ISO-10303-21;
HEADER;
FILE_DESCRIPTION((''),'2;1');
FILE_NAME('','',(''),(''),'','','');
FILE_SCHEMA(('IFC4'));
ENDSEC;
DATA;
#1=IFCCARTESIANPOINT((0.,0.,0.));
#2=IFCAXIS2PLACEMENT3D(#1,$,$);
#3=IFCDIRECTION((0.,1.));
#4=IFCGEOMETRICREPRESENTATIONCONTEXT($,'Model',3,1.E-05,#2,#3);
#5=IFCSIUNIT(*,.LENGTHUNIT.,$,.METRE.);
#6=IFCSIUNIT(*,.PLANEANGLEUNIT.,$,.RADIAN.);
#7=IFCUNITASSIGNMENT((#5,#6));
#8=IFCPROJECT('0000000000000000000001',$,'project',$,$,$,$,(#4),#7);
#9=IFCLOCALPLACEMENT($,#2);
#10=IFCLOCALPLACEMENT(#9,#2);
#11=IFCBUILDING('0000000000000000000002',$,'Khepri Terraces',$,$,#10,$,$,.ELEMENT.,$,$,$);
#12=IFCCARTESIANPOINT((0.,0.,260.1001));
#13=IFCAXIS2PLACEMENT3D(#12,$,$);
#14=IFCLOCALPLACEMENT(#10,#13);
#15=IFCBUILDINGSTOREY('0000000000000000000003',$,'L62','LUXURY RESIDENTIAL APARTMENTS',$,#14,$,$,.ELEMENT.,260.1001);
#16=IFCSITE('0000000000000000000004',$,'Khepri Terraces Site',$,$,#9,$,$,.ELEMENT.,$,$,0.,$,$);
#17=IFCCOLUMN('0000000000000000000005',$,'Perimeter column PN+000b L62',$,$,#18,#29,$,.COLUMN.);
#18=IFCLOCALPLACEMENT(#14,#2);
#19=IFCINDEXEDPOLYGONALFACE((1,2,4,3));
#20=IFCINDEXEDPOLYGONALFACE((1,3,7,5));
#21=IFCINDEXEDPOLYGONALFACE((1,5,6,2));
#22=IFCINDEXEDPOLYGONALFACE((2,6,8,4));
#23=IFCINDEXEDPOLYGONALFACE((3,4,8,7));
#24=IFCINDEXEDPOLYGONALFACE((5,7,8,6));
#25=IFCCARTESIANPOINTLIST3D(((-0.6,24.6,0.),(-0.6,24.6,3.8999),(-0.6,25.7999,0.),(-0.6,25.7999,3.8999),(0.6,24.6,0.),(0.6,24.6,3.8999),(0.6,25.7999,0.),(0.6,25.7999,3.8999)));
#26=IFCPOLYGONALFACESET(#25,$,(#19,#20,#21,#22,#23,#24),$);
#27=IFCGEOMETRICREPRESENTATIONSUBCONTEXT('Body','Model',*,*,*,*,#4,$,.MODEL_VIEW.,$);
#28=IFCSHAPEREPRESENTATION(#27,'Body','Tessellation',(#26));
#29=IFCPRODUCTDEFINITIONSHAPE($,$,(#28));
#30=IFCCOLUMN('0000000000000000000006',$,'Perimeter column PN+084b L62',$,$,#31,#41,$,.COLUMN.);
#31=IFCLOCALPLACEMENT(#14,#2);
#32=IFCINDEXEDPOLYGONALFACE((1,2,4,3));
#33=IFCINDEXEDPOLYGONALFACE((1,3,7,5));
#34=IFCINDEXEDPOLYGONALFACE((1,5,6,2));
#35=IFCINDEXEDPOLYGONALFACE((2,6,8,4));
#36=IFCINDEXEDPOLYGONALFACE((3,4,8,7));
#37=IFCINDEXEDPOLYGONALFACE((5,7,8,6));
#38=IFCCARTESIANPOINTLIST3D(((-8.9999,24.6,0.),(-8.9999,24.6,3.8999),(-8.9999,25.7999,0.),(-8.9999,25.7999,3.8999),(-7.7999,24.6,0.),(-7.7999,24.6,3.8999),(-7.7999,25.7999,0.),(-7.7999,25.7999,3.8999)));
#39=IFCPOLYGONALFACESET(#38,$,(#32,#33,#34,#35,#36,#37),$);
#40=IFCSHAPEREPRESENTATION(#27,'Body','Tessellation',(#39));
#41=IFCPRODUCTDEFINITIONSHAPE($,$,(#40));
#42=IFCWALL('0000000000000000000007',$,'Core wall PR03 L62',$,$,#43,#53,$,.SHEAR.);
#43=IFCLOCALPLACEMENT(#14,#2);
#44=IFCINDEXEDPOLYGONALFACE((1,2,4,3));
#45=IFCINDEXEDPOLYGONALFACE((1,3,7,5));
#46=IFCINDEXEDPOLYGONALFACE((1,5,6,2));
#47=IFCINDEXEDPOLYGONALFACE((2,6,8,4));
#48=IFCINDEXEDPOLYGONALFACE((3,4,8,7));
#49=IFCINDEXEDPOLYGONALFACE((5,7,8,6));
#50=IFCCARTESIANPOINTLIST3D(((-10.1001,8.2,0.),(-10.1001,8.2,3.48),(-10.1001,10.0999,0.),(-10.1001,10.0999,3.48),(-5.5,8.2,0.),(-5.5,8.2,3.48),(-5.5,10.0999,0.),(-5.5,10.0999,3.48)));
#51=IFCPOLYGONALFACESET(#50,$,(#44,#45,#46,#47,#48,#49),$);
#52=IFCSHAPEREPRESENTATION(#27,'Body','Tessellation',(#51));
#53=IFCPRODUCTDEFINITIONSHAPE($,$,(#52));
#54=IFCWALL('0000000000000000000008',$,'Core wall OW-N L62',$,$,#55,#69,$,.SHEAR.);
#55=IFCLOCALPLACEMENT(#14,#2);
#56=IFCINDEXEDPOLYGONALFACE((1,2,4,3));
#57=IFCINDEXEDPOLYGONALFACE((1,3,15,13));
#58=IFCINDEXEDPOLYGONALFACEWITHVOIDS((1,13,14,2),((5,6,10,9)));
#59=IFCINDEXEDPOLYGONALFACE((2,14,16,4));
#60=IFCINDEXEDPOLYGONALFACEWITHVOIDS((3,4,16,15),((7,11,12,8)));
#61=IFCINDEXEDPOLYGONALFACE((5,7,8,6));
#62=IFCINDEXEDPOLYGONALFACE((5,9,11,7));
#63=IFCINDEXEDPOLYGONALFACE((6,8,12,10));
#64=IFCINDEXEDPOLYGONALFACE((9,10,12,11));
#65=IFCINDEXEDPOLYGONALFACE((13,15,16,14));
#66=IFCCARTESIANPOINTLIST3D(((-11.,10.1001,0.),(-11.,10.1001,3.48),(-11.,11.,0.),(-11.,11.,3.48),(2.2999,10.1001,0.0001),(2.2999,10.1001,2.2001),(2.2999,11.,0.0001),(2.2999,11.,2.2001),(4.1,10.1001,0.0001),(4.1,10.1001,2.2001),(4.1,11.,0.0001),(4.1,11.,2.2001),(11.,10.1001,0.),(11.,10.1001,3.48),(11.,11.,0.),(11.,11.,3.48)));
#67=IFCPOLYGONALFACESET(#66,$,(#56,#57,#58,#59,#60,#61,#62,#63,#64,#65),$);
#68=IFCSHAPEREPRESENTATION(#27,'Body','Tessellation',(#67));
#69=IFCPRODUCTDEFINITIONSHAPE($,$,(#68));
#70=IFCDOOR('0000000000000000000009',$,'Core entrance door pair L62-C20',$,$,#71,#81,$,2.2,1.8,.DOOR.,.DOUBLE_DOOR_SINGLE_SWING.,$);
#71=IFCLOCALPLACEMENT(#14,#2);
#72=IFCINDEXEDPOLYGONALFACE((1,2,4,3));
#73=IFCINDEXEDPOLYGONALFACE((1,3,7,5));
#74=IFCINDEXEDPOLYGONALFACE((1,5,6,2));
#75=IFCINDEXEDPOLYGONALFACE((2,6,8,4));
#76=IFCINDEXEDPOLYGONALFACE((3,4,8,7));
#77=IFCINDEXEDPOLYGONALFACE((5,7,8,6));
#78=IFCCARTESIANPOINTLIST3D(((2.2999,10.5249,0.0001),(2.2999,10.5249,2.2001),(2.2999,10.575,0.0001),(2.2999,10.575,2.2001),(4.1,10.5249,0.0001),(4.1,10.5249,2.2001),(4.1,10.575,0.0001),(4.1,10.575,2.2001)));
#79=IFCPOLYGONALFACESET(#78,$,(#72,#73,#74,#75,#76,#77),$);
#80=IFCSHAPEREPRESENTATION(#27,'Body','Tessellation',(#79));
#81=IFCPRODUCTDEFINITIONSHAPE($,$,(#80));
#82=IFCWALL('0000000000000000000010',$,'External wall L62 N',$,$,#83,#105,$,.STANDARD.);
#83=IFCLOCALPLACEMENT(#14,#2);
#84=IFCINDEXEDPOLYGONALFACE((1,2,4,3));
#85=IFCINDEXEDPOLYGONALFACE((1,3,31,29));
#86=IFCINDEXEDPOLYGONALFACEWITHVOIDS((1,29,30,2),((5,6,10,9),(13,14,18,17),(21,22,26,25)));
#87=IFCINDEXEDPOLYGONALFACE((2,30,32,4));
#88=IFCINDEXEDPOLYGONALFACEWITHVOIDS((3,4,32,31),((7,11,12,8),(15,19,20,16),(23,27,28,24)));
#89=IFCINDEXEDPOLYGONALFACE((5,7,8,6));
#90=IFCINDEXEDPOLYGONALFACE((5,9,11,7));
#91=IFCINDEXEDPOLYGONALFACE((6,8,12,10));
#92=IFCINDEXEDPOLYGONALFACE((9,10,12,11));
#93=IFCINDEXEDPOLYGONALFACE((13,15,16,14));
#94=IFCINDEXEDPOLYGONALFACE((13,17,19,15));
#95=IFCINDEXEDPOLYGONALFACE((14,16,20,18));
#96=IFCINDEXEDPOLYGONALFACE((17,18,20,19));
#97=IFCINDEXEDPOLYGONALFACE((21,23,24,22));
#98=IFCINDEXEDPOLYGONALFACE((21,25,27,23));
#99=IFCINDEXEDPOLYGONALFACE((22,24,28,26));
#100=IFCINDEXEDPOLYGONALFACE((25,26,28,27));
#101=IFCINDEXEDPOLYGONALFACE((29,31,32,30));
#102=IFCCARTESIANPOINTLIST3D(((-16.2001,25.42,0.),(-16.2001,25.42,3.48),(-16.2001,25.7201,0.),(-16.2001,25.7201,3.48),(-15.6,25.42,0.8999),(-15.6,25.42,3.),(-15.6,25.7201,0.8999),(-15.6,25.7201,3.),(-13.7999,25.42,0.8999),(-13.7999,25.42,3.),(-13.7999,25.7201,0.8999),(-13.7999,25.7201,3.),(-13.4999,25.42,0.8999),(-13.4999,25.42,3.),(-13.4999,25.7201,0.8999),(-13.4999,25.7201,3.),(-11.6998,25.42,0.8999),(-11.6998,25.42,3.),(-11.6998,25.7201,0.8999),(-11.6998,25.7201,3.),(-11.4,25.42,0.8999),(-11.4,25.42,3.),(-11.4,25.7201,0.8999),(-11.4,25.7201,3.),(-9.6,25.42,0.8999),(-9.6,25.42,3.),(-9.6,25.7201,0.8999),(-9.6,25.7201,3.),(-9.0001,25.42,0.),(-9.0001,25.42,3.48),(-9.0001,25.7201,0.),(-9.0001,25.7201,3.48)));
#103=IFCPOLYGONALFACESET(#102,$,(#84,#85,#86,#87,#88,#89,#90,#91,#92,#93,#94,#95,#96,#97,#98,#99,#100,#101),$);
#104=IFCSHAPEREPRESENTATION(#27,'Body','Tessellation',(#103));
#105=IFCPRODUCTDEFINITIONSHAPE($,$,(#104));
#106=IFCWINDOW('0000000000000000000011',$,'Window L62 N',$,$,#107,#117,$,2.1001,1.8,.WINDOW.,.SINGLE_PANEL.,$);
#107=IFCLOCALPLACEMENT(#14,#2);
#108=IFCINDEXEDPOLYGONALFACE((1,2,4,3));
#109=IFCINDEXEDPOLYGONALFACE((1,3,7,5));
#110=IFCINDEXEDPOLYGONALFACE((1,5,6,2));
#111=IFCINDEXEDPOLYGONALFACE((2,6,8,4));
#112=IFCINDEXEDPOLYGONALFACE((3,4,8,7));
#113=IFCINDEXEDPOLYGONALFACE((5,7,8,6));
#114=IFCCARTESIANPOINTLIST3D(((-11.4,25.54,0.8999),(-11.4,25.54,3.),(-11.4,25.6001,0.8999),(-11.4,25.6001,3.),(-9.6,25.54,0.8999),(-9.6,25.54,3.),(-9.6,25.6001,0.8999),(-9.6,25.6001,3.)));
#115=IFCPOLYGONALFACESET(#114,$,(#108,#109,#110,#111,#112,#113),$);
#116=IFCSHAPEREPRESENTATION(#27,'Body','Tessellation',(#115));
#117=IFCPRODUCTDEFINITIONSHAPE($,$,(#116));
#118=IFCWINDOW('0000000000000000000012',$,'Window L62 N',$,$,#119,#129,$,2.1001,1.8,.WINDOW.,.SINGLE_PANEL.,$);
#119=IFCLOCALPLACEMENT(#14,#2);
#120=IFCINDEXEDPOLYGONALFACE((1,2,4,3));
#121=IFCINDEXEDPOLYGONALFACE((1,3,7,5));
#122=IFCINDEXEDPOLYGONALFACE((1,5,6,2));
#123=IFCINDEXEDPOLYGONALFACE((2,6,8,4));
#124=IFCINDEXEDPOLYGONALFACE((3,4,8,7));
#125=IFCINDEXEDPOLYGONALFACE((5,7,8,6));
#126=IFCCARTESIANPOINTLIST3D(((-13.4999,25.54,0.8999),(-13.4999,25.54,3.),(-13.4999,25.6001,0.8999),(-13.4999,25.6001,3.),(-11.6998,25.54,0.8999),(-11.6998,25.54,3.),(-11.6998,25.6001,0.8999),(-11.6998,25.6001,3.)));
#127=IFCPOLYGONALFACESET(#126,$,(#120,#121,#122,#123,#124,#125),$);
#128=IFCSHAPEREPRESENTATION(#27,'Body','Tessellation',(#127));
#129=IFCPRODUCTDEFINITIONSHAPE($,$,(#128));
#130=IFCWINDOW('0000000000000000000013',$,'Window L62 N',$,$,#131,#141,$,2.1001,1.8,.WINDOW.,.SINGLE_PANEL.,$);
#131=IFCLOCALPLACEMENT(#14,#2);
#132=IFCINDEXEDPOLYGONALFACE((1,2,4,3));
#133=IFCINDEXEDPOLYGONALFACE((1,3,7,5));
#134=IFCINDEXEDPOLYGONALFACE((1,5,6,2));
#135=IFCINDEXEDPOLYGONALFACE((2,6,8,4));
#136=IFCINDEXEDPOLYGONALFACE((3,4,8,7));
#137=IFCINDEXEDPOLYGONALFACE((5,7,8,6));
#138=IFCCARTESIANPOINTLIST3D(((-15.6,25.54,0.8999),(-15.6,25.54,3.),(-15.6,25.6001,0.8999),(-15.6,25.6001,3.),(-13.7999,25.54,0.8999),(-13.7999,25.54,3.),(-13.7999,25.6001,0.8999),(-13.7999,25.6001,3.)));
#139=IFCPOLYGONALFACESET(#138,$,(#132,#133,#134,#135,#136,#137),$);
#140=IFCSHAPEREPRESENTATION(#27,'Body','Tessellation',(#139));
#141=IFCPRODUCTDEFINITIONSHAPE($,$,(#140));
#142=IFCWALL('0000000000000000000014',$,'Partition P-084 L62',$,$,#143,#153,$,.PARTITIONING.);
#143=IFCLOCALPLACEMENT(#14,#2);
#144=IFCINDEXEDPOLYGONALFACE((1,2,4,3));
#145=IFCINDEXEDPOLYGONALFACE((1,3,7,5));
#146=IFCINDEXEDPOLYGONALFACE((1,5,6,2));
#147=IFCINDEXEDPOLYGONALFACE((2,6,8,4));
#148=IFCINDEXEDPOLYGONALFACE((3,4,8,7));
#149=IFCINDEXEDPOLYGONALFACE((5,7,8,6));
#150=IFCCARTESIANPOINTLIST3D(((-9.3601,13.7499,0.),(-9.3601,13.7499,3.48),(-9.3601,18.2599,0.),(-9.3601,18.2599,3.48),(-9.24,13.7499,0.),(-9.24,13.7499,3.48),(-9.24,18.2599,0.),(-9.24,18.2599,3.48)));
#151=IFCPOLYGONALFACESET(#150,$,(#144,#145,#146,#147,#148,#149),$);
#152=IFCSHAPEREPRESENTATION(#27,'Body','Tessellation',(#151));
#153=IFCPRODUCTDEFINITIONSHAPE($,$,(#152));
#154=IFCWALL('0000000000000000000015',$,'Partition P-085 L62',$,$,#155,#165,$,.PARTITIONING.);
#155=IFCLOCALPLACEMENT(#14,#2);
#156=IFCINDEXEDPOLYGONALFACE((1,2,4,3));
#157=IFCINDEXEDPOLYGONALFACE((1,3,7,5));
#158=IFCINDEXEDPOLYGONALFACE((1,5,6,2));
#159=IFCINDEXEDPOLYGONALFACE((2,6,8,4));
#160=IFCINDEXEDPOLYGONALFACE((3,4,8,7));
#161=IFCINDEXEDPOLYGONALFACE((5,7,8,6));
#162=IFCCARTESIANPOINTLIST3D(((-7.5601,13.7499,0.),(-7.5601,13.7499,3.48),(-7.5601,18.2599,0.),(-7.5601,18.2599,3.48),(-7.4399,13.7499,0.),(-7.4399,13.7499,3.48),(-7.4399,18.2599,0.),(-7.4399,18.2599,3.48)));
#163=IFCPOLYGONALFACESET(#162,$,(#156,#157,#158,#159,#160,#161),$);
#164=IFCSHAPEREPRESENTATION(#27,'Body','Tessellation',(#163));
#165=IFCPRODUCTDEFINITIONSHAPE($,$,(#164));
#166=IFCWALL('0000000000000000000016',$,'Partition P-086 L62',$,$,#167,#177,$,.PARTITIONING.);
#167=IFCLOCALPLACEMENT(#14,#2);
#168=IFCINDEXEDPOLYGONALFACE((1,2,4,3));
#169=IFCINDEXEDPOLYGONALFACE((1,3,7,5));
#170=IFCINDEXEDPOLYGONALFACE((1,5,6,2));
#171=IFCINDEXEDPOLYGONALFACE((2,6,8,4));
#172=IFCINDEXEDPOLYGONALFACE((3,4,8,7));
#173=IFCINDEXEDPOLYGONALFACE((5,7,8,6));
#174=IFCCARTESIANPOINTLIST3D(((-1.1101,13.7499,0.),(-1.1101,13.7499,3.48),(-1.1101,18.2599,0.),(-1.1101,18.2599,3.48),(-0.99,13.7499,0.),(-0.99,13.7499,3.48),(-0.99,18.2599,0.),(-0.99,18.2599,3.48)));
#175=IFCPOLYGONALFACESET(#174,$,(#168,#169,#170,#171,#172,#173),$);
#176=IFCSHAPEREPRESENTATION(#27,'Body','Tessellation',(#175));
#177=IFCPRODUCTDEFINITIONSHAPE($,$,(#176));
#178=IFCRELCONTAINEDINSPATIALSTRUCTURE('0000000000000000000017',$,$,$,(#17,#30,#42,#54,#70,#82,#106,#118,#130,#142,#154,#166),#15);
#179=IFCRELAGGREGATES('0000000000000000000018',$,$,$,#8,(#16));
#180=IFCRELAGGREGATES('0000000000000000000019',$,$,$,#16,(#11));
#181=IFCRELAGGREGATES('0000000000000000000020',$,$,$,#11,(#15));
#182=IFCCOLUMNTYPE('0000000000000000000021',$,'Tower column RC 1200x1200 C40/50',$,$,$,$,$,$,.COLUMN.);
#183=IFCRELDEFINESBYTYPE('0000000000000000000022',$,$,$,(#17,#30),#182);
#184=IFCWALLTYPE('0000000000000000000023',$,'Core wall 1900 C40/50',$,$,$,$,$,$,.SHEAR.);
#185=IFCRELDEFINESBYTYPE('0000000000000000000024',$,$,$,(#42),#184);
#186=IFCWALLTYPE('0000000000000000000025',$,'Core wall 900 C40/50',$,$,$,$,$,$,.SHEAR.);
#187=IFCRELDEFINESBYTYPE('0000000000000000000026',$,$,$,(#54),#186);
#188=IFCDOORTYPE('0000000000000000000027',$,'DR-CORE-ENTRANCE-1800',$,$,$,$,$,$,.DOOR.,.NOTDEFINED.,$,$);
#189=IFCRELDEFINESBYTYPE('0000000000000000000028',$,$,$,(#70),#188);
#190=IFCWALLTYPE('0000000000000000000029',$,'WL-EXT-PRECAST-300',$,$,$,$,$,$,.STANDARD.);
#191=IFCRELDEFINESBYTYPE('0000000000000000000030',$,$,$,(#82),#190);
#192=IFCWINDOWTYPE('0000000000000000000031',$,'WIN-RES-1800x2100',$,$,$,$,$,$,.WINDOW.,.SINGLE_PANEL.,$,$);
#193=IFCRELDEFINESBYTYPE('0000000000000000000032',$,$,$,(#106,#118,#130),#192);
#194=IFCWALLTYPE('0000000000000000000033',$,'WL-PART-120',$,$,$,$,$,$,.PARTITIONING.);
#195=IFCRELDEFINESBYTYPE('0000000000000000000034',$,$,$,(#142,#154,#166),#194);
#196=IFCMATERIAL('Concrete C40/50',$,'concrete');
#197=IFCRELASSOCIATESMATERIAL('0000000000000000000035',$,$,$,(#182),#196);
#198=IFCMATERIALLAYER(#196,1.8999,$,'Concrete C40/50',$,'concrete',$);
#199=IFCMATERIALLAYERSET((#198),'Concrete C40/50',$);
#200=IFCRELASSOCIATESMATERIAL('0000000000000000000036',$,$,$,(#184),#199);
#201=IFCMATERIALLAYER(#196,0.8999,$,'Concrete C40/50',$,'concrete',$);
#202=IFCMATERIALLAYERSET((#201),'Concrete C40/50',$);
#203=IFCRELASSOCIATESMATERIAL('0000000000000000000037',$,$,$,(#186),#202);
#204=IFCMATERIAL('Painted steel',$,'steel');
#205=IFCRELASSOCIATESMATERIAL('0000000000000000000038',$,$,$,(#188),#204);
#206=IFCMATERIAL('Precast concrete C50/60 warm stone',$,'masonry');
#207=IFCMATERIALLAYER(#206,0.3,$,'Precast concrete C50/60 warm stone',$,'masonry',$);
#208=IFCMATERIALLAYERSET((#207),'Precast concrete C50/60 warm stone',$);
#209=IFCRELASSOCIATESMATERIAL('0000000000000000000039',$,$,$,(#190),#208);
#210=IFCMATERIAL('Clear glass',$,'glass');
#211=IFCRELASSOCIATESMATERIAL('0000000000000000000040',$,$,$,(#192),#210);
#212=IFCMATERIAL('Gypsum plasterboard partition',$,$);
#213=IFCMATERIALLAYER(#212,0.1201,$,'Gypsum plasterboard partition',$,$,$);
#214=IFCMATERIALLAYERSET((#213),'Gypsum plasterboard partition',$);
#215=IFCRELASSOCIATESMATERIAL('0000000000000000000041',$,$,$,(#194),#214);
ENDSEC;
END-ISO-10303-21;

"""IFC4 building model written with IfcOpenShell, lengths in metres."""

from ifc_helpers import new_model, si_unit, direction, frame, frame_2d, origin, origin_2d, place, context, subcontext, project, spatial, rectangle, extrude, material, layer, layer_set, material_profile, profile_set, type_object, element, fill, save


model = new_model("IFC4")

# Units and contexts
model_context = context("Model", 3, precision=1e-05, world=origin(), true_north=direction((0.0, 1.0)))
body_context = subcontext(model_context, "Body", "Model", "MODEL_VIEW")
ifc_project = project(units=[si_unit("LENGTHUNIT", "METRE"), si_unit("PLANEANGLEUNIT", "RADIAN")], contexts=[model_context])

# Site, building, storey
site_placement = place(None, origin())
site = spatial("IfcSite", under=ifc_project, at=site_placement, Name="Khepri Terraces Site", CompositionType="ELEMENT", RefElevation=0.0)
building_placement = place(site_placement, origin())
building = spatial("IfcBuilding", under=site, at=building_placement, Name="Khepri Terraces", CompositionType="ELEMENT")
storey_placement = place(building_placement, frame((0.0, 0.0, 260.1001)))
storey = spatial("IfcBuildingStorey", under=building, at=storey_placement, Name="L62", Description="LUXURY RESIDENTIAL APARTMENTS", CompositionType="ELEMENT", Elevation=260.1001)

# Columns
ifc_material_1 = material(Name="Concrete C40/50", Category="concrete")
ifc_material_profile = material_profile(ifc_material_1, rectangle(XDim=1.2, YDim=1.2, at=origin_2d()), Name="Concrete C40/50", Category="concrete")
ifc_profile_set = profile_set([ifc_material_profile], Name="Concrete C40/50")
column_type = type_object("IfcColumnType", Name="Tower column RC 1200x1200 C40/50", PredefinedType="COLUMN", material=ifc_profile_set)
for number, where, z_axis, x_axis, name in (
    (1, (0.0, 25.2, 0.0), (0.0, 0.0, 1.0), (1.0, 0.0, 0.0), "Perimeter column PN+000b L62"),
    (2, (-8.3999, 25.2, 0.0), (0.0, 0.0, 1.0), (1.0, 0.0, 0.0), "Perimeter column PN+084b L62"),
):
    element("IfcColumn", number, at=place(storey_placement, frame(where, z_axis=z_axis, x_axis=x_axis)), inside=storey, type_object=column_type, Name=name, PredefinedType="COLUMN", context=body_context, shape_type="SweptSolid", body=[
        extrude(rectangle(XDim=1.2, YDim=1.2, at=origin_2d()), origin(), (0.0, 0.0, 1.0), 3.8999),
    ])

# Wall
ifc_layer_1 = layer(ifc_material_1, 1.8999, Name="Concrete C40/50", Category="concrete")
ifc_layer_set_1 = layer_set([ifc_layer_1], Name="Concrete C40/50")
wall_type_1 = type_object("IfcWallType", Name="Core wall 1900 C40/50", PredefinedType="SHEAR", material=ifc_layer_set_1)
wall_1_placement = place(storey_placement, frame((-10.1001, 9.1499, 0.0), z_axis=(0.0, 0.0, 1.0), x_axis=(1.0, 0.0, 0.0)))
element("IfcWall", 3, at=wall_1_placement, inside=storey, type_object=wall_type_1, Name="Core wall PR03 L62", PredefinedType="SHEAR", context=body_context, shape_type="SweptSolid", body=[
    extrude(rectangle(XDim=4.6001, YDim=1.8999, at=frame_2d((2.3, 0.0))), origin(), (0.0, 0.0, 1.0), 3.48),
])

# Wall, opening, door
ifc_layer_2 = layer(ifc_material_1, 0.8999, Name="Concrete C40/50", Category="concrete")
ifc_layer_set_2 = layer_set([ifc_layer_2], Name="Concrete C40/50")
wall_type_2 = type_object("IfcWallType", Name="Core wall 900 C40/50", PredefinedType="SHEAR", material=ifc_layer_set_2)
wall_2_placement = place(storey_placement, frame((-11.0, 10.55, 0.0), z_axis=(0.0, 0.0, 1.0), x_axis=(1.0, 0.0, 0.0)))
wall_2 = element("IfcWall", 4, at=wall_2_placement, inside=storey, type_object=wall_type_2, Name="Core wall OW-N L62", PredefinedType="SHEAR", context=body_context, shape_type="SweptSolid", body=[
    extrude(rectangle(XDim=22.0, YDim=0.8999, at=frame_2d((11.0, 0.0))), origin(), (0.0, 0.0, 1.0), 3.48),
])
opening_1_placement = place(wall_2_placement, frame((13.3, 0.0, 0.0)))
opening_1 = element("IfcOpeningElement", 5, at=opening_1_placement, cuts=wall_2, PredefinedType="OPENING", context=body_context, shape_type="SweptSolid", body=[
    extrude(rectangle(XDim=1.8, YDim=2.2, at=frame_2d((0.8999, 1.1001))), frame((0.0, 0.46, 0.0), z_axis=(0.0, -1.0, 0.0), x_axis=(1.0, 0.0, 0.0)), (0.0, 0.0, 1.0), 0.9199),
])
ifc_material_2 = material(Name="Painted steel", Category="steel")
door_type_1 = type_object("IfcDoorType", Name="DR-CORE-ENTRANCE-1800", OperationType="NOTDEFINED", PredefinedType="DOOR", material=ifc_material_2)
door_1_placement = place(opening_1_placement, origin())
door_1 = element("IfcDoor", 6, at=door_1_placement, inside=storey, type_object=door_type_1, Name="Core entrance door pair L62-C20", OperationType="DOUBLE_DOOR_SINGLE_SWING", OverallHeight=2.2, OverallWidth=1.8, PredefinedType="DOOR", context=body_context, shape_type="SweptSolid", body=[
    extrude(rectangle(XDim=1.8, YDim=2.2, at=frame_2d((0.8999, 1.1001))), frame((0.0, 0.0249, 0.0), z_axis=(0.0, -1.0, 0.0), x_axis=(1.0, 0.0, 0.0)), (0.0, 0.0, 1.0), 0.05),
])
fill(opening_1, door_1)

# Shared definitions
ifc_material_3 = material(Name="Precast concrete C50/60 warm stone", Category="masonry")
ifc_layer_3 = layer(ifc_material_3, 0.3, Name="Precast concrete C50/60 warm stone", Category="masonry")
ifc_layer_set_3 = layer_set([ifc_layer_3], Name="Precast concrete C50/60 warm stone")
wall_type_3 = type_object("IfcWallType", Name="WL-EXT-PRECAST-300", PredefinedType="STANDARD", material=ifc_layer_set_3)
ifc_material_4 = material(Name="Clear glass", Category="glass")
window_type = type_object("IfcWindowType", Name="WIN-RES-1800x2100", PartitioningType="SINGLE_PANEL", PredefinedType="WINDOW", material=ifc_material_4)

# Wall, openings, windows
wall_3_placement = place(storey_placement, frame((-9.0, 25.5701, 0.0), z_axis=(0.0, 0.0, 1.0), x_axis=(-1.0, 0.0, 0.0)))
wall_3 = element("IfcWall", 7, at=wall_3_placement, inside=storey, type_object=wall_type_3, Name="External wall L62 N", PredefinedType="STANDARD", context=body_context, shape_type="SweptSolid", body=[
    extrude(rectangle(XDim=7.2, YDim=0.3, at=frame_2d((3.6001, 0.0))), origin(), (0.0, 0.0, 1.0), 3.48),
])
opening_2_placement = place(wall_3_placement, frame((0.6001, 0.0, 0.8999)))
opening_2 = element("IfcOpeningElement", 8, at=opening_2_placement, cuts=wall_3, PredefinedType="OPENING", context=body_context, shape_type="SweptSolid", body=[
    extrude(rectangle(XDim=1.8, YDim=2.1001, at=frame_2d((0.8999, 1.05))), frame((0.0, 0.1602, 0.0), z_axis=(0.0, -1.0, 0.0), x_axis=(1.0, 0.0, 0.0)), (0.0, 0.0, 1.0), 0.3201),
])
opening_3_placement = place(wall_3_placement, frame((2.7, 0.0, 0.8999)))
opening_3 = element("IfcOpeningElement", 9, at=opening_3_placement, cuts=wall_3, PredefinedType="OPENING", context=body_context, shape_type="SweptSolid", body=[
    extrude(rectangle(XDim=1.8, YDim=2.1001, at=frame_2d((0.8999, 1.05))), frame((0.0, 0.1602, 0.0), z_axis=(0.0, -1.0, 0.0), x_axis=(1.0, 0.0, 0.0)), (0.0, 0.0, 1.0), 0.3201),
])
opening_4_placement = place(wall_3_placement, frame((4.8, 0.0, 0.8999)))
opening_4 = element("IfcOpeningElement", 10, at=opening_4_placement, cuts=wall_3, PredefinedType="OPENING", context=body_context, shape_type="SweptSolid", body=[
    extrude(rectangle(XDim=1.8, YDim=2.1001, at=frame_2d((0.8999, 1.05))), frame((0.0, 0.1602, 0.0), z_axis=(0.0, -1.0, 0.0), x_axis=(1.0, 0.0, 0.0)), (0.0, 0.0, 1.0), 0.3201),
])
window_1_placement = place(opening_2_placement, origin())
window_1 = element("IfcWindow", 11, at=window_1_placement, inside=storey, type_object=window_type, Name="Window L62 N", OverallHeight=2.1001, OverallWidth=1.8, PartitioningType="SINGLE_PANEL", PredefinedType="WINDOW", context=body_context, shape_type="SweptSolid", body=[
    extrude(rectangle(XDim=1.8, YDim=2.1001, at=frame_2d((0.8999, 1.05))), frame((0.0, 0.03, 0.0), z_axis=(0.0, -1.0, 0.0), x_axis=(1.0, 0.0, 0.0)), (0.0, 0.0, 1.0), 0.0601),
])
fill(opening_2, window_1)
window_2_placement = place(opening_3_placement, origin())
window_2 = element("IfcWindow", 12, at=window_2_placement, inside=storey, type_object=window_type, Name="Window L62 N", OverallHeight=2.1001, OverallWidth=1.8, PartitioningType="SINGLE_PANEL", PredefinedType="WINDOW", context=body_context, shape_type="SweptSolid", body=[
    extrude(rectangle(XDim=1.8, YDim=2.1001, at=frame_2d((0.8999, 1.05))), frame((0.0, 0.03, 0.0), z_axis=(0.0, -1.0, 0.0), x_axis=(1.0, 0.0, 0.0)), (0.0, 0.0, 1.0), 0.0601),
])
fill(opening_3, window_2)
window_3_placement = place(opening_4_placement, origin())
window_3 = element("IfcWindow", 13, at=window_3_placement, inside=storey, type_object=window_type, Name="Window L62 N", OverallHeight=2.1001, OverallWidth=1.8, PartitioningType="SINGLE_PANEL", PredefinedType="WINDOW", context=body_context, shape_type="SweptSolid", body=[
    extrude(rectangle(XDim=1.8, YDim=2.1001, at=frame_2d((0.8999, 1.05))), frame((0.0, 0.03, 0.0), z_axis=(0.0, -1.0, 0.0), x_axis=(1.0, 0.0, 0.0)), (0.0, 0.0, 1.0), 0.0601),
])
fill(opening_4, window_3)

# Walls
ifc_material_5 = material(Name="Gypsum plasterboard partition")
ifc_layer_4 = layer(ifc_material_5, 0.1201, Name="Gypsum plasterboard partition")
ifc_layer_set_4 = layer_set([ifc_layer_4], Name="Gypsum plasterboard partition")
wall_type_4 = type_object("IfcWallType", Name="WL-PART-120", PredefinedType="PARTITIONING", material=ifc_layer_set_4)
for number, where, z_axis, x_axis, name in (
    (14, (-9.3, 13.75, 0.0), (0.0, 0.0, 1.0), (0.0, 1.0, 0.0), "Partition P-084 L62"),
    (15, (-7.5, 13.75, 0.0), (0.0, 0.0, 1.0), (0.0, 1.0, 0.0), "Partition P-085 L62"),
    (16, (-1.05, 13.75, 0.0), (0.0, 0.0, 1.0), (0.0, 1.0, 0.0), "Partition P-086 L62"),
):
    element("IfcWall", number, at=place(storey_placement, frame(where, z_axis=z_axis, x_axis=x_axis)), inside=storey, type_object=wall_type_4, Name=name, PredefinedType="PARTITIONING", context=body_context, shape_type="SweptSolid", body=[
        extrude(rectangle(XDim=4.51, YDim=0.1201, at=frame_2d((2.2549, 0.0))), origin(), (0.0, 0.0, 1.0), 3.48),
    ])

save(model, "model.ifc")
